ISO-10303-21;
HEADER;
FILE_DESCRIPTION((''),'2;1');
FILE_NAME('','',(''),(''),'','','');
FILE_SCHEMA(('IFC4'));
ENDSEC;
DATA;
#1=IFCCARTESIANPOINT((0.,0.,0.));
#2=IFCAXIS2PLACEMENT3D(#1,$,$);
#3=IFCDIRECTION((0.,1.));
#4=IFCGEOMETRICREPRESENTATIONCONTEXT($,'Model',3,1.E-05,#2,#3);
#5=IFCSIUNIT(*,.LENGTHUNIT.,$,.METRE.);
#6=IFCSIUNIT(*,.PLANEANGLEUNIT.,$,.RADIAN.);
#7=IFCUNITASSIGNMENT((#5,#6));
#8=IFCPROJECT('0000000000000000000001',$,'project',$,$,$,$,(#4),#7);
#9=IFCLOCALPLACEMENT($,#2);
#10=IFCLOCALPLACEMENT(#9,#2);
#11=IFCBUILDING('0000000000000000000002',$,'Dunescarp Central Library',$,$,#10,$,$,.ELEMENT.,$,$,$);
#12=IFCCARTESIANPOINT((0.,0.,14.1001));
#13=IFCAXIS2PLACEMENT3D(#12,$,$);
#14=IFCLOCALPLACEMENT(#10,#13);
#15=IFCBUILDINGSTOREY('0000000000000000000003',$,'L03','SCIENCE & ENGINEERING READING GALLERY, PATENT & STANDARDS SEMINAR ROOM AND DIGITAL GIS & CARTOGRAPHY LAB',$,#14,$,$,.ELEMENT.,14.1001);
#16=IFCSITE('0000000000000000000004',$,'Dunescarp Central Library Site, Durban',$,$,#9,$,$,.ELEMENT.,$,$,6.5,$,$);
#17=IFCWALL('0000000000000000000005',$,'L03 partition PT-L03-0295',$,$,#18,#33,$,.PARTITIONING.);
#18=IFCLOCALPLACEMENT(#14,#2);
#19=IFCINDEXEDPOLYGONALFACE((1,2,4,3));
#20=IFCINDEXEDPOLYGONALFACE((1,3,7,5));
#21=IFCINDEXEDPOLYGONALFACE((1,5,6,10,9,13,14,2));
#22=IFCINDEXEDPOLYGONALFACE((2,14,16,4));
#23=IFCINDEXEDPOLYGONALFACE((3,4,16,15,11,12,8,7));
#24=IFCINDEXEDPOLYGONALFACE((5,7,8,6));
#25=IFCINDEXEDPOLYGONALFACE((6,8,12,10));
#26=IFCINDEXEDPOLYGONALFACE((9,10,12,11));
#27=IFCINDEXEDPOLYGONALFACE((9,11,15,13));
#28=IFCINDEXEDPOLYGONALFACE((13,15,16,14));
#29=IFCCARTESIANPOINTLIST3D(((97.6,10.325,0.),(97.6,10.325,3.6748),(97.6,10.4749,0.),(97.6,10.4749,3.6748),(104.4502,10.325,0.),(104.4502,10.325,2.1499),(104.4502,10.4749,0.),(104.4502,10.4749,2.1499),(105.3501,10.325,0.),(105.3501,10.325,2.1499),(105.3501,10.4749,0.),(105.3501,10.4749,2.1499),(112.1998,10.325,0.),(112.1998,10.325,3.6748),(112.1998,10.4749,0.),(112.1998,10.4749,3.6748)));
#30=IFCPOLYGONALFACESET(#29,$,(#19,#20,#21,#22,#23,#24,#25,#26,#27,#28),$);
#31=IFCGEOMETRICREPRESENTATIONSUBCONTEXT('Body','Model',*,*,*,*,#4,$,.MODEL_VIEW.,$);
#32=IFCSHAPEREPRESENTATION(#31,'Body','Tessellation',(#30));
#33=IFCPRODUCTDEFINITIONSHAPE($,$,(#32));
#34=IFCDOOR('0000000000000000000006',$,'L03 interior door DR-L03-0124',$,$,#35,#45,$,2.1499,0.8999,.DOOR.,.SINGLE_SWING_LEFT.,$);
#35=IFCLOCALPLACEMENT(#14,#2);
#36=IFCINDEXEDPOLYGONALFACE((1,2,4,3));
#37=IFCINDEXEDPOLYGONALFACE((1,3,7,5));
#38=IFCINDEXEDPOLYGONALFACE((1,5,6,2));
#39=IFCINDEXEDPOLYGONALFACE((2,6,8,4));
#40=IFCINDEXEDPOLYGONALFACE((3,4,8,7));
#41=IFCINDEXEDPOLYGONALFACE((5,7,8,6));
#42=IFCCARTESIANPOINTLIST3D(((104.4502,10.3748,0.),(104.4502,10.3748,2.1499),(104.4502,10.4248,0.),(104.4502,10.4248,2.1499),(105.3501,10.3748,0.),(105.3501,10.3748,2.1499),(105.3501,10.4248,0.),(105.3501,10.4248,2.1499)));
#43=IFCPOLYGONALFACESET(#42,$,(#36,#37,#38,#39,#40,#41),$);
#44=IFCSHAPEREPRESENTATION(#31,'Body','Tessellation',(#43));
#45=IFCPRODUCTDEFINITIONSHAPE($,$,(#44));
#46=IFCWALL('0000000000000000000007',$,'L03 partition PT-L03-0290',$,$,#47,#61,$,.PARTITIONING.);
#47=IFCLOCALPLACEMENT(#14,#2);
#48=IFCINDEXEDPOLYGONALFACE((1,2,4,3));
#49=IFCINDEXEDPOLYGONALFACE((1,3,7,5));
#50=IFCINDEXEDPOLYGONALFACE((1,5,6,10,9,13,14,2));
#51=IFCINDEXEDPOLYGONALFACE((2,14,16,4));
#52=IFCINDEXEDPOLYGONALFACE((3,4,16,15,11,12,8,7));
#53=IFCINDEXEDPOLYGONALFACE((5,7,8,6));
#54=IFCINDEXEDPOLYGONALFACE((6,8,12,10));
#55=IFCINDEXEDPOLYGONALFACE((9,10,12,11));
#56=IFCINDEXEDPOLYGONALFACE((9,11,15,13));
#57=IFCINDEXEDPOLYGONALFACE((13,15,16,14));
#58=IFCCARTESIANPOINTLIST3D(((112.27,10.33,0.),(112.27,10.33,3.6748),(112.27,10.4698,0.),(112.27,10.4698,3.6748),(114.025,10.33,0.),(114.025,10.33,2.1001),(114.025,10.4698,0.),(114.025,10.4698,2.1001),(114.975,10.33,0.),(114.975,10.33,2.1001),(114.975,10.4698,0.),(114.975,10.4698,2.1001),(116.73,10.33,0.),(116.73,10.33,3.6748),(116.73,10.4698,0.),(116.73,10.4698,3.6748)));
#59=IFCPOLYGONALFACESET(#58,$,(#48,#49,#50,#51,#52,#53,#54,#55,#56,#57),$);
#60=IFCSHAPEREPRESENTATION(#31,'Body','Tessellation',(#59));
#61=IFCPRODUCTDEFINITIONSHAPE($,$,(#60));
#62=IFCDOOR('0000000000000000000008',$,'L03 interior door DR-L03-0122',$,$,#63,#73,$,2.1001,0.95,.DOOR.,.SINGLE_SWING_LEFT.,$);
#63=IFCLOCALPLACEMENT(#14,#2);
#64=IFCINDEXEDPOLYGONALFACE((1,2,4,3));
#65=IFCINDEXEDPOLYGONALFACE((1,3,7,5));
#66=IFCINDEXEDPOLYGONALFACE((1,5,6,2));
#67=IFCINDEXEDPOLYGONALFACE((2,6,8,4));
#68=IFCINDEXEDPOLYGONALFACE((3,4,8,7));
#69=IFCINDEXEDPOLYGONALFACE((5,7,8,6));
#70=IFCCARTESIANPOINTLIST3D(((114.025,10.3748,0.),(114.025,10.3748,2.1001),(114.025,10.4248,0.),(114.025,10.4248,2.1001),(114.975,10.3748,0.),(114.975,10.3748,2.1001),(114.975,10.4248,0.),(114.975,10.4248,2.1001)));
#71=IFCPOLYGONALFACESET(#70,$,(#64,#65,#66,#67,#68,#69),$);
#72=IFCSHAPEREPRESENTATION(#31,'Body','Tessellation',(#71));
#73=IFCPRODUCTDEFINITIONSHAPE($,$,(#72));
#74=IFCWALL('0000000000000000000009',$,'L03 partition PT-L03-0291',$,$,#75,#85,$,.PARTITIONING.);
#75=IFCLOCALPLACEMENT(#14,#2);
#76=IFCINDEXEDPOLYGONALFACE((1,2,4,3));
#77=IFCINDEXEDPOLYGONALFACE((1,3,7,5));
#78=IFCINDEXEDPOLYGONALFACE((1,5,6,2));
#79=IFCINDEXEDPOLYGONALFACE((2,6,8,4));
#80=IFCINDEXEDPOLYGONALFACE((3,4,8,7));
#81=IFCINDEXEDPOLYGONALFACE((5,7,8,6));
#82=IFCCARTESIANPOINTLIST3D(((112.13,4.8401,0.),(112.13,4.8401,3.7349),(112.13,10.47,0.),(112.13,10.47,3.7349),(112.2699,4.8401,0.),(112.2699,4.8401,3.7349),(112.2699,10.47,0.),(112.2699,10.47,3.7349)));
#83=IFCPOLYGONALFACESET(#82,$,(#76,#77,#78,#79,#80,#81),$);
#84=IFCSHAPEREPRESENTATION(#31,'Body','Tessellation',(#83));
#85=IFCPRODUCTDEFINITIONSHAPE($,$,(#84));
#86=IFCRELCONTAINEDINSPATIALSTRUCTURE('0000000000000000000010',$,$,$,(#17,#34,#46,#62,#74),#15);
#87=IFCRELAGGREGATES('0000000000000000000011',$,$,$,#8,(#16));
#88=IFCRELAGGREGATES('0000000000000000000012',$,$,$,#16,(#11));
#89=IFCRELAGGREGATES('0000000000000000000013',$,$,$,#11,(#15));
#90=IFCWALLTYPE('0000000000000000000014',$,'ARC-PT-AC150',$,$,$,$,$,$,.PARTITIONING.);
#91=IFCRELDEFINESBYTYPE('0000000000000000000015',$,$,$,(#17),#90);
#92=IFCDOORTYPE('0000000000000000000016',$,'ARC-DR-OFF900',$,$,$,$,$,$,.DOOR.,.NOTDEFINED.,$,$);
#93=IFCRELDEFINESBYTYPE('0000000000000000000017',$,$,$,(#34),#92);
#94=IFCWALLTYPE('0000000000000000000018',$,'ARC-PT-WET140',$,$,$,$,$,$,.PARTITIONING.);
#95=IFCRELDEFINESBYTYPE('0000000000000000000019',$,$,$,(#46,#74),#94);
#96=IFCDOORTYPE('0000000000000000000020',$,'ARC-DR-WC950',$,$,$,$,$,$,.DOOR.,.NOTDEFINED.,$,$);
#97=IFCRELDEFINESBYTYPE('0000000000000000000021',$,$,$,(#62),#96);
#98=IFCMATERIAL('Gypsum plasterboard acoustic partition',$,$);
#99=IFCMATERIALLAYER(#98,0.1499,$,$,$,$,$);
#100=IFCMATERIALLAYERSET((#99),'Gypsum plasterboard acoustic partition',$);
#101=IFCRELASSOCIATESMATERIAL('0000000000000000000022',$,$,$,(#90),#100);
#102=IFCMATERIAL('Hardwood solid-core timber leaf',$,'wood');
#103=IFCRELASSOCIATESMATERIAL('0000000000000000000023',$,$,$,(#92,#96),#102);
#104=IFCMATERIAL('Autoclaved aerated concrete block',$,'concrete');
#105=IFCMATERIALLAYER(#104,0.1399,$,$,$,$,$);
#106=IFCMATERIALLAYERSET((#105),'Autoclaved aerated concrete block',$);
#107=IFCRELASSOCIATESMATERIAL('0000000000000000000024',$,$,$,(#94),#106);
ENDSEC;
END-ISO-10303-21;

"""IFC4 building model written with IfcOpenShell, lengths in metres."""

from ifc_helpers import new_model, si_unit, direction, frame, frame_2d, origin, place, context, subcontext, project, spatial, rectangle, extrude, material, layer, layer_set, type_object, element, fill, save


model = new_model("IFC4")

# Units and contexts
model_context = context("Model", 3, precision=1e-05, world=origin(), true_north=direction((0.0, 1.0)))
body_context = subcontext(model_context, "Body", "Model", "MODEL_VIEW")
ifc_project = project(units=[si_unit("LENGTHUNIT", "METRE"), si_unit("PLANEANGLEUNIT", "RADIAN")], contexts=[model_context])

# Site, building, storey
site_placement = place(None, origin())
site = spatial("IfcSite", under=ifc_project, at=site_placement, Name="Dunescarp Central Library Site, Durban", CompositionType="ELEMENT", RefElevation=6.5)
building_placement = place(site_placement, origin())
building = spatial("IfcBuilding", under=site, at=building_placement, Name="Dunescarp Central Library", CompositionType="ELEMENT")
storey_placement = place(building_placement, frame((0.0, 0.0, 14.1001)))
storey = spatial("IfcBuildingStorey", under=building, at=storey_placement, Name="L03", Description="SCIENCE & ENGINEERING READING GALLERY, PATENT & STANDARDS SEMINAR ROOM AND DIGITAL GIS & CARTOGRAPHY LAB", CompositionType="ELEMENT", Elevation=14.1001)

# Shared definitions
ifc_material_1 = material(Name="Gypsum plasterboard acoustic partition")
ifc_layer_1 = layer(ifc_material_1, 0.1499)
ifc_layer_set_1 = layer_set([ifc_layer_1], Name="Gypsum plasterboard acoustic partition")
wall_type_1 = type_object("IfcWallType", Name="ARC-PT-AC150", PredefinedType="PARTITIONING", material=ifc_layer_set_1)

# Walls, openings, doors
wall_1_placement = place(storey_placement, frame((97.6001, 10.3999, 0.0), z_axis=(0.0, 0.0, 1.0), x_axis=(1.0, 0.0, 0.0)))
wall_1 = element("IfcWall", 1, at=wall_1_placement, inside=storey, type_object=wall_type_1, Name="L03 partition PT-L03-0295", PredefinedType="PARTITIONING", context=body_context, shape_type="SweptSolid", body=[
    extrude(rectangle(XDim=14.5999, YDim=0.1499, at=frame_2d((7.2998, 0.0))), origin(), (0.0, 0.0, 1.0), 3.6748),
])
opening_1_placement = place(wall_1_placement, frame((6.8501, 0.0, 0.0)))
opening_1 = element("IfcOpeningElement", 2, at=opening_1_placement, cuts=wall_1, PredefinedType="OPENING", context=body_context, shape_type="SweptSolid", body=[
    extrude(rectangle(XDim=0.8999, YDim=2.1499, at=frame_2d((0.45, 1.075))), frame((0.0, 0.085, 0.0), z_axis=(0.0, -1.0, 0.0), x_axis=(1.0, 0.0, 0.0)), (0.0, 0.0, 1.0), 0.1699),
])
ifc_material_2 = material(Name="Hardwood solid-core timber leaf", Category="wood")
door_type_1 = type_object("IfcDoorType", Name="ARC-DR-OFF900", OperationType="NOTDEFINED", PredefinedType="DOOR", material=ifc_material_2)
door_1_placement = place(opening_1_placement, origin())
door_1 = element("IfcDoor", 3, at=door_1_placement, inside=storey, type_object=door_type_1, Name="L03 interior door DR-L03-0124", OperationType="SINGLE_SWING_LEFT", OverallHeight=2.1499, OverallWidth=0.8999, PredefinedType="DOOR", context=body_context, shape_type="SweptSolid", body=[
    extrude(rectangle(XDim=0.8999, YDim=2.1499, at=frame_2d((0.45, 1.075))), frame((0.0, 0.0249, 0.0), z_axis=(0.0, -1.0, 0.0), x_axis=(1.0, 0.0, 0.0)), (0.0, 0.0, 1.0), 0.05),
])
fill(opening_1, door_1)
ifc_material_3 = material(Name="Autoclaved aerated concrete block", Category="concrete")
ifc_layer_2 = layer(ifc_material_3, 0.1399)
ifc_layer_set_2 = layer_set([ifc_layer_2], Name="Autoclaved aerated concrete block")
wall_type_2 = type_object("IfcWallType", Name="ARC-PT-WET140", PredefinedType="PARTITIONING", material=ifc_layer_set_2)
wall_2_placement = place(storey_placement, frame((112.27, 10.3999, 0.0), z_axis=(0.0, 0.0, 1.0), x_axis=(1.0, 0.0, 0.0)))
wall_2 = element("IfcWall", 4, at=wall_2_placement, inside=storey, type_object=wall_type_2, Name="L03 partition PT-L03-0290", PredefinedType="PARTITIONING", context=body_context, shape_type="SweptSolid", body=[
    extrude(rectangle(XDim=4.46, YDim=0.1399, at=frame_2d((2.23, 0.0))), origin(), (0.0, 0.0, 1.0), 3.6748),
])
opening_2_placement = place(wall_2_placement, frame((1.7549, 0.0, 0.0)))
opening_2 = element("IfcOpeningElement", 5, at=opening_2_placement, cuts=wall_2, PredefinedType="OPENING", context=body_context, shape_type="SweptSolid", body=[
    extrude(rectangle(XDim=0.95, YDim=2.1001, at=frame_2d((0.4751, 1.05))), frame((0.0, 0.0801, 0.0), z_axis=(0.0, -1.0, 0.0), x_axis=(1.0, 0.0, 0.0)), (0.0, 0.0, 1.0), 0.1599),
])
door_type_2 = type_object("IfcDoorType", Name="ARC-DR-WC950", OperationType="NOTDEFINED", PredefinedType="DOOR", material=ifc_material_2)
door_2_placement = place(opening_2_placement, origin())
door_2 = element("IfcDoor", 6, at=door_2_placement, inside=storey, type_object=door_type_2, Name="L03 interior door DR-L03-0122", OperationType="SINGLE_SWING_LEFT", OverallHeight=2.1001, OverallWidth=0.95, PredefinedType="DOOR", context=body_context, shape_type="SweptSolid", body=[
    extrude(rectangle(XDim=0.95, YDim=2.1001, at=frame_2d((0.4751, 1.05))), frame((0.0, 0.0249, 0.0), z_axis=(0.0, -1.0, 0.0), x_axis=(1.0, 0.0, 0.0)), (0.0, 0.0, 1.0), 0.05),
])
fill(opening_2, door_2)

# Wall
wall_3_placement = place(storey_placement, frame((112.2, 4.8401, 0.0), z_axis=(0.0, 0.0, 1.0), x_axis=(0.0, 1.0, 0.0)))
element("IfcWall", 7, at=wall_3_placement, inside=storey, type_object=wall_type_2, Name="L03 partition PT-L03-0291", PredefinedType="PARTITIONING", context=body_context, shape_type="SweptSolid", body=[
    extrude(rectangle(XDim=5.6299, YDim=0.1399, at=frame_2d((2.8149, 0.0))), origin(), (0.0, 0.0, 1.0), 3.7349),
])

save(model, "model.ifc")
